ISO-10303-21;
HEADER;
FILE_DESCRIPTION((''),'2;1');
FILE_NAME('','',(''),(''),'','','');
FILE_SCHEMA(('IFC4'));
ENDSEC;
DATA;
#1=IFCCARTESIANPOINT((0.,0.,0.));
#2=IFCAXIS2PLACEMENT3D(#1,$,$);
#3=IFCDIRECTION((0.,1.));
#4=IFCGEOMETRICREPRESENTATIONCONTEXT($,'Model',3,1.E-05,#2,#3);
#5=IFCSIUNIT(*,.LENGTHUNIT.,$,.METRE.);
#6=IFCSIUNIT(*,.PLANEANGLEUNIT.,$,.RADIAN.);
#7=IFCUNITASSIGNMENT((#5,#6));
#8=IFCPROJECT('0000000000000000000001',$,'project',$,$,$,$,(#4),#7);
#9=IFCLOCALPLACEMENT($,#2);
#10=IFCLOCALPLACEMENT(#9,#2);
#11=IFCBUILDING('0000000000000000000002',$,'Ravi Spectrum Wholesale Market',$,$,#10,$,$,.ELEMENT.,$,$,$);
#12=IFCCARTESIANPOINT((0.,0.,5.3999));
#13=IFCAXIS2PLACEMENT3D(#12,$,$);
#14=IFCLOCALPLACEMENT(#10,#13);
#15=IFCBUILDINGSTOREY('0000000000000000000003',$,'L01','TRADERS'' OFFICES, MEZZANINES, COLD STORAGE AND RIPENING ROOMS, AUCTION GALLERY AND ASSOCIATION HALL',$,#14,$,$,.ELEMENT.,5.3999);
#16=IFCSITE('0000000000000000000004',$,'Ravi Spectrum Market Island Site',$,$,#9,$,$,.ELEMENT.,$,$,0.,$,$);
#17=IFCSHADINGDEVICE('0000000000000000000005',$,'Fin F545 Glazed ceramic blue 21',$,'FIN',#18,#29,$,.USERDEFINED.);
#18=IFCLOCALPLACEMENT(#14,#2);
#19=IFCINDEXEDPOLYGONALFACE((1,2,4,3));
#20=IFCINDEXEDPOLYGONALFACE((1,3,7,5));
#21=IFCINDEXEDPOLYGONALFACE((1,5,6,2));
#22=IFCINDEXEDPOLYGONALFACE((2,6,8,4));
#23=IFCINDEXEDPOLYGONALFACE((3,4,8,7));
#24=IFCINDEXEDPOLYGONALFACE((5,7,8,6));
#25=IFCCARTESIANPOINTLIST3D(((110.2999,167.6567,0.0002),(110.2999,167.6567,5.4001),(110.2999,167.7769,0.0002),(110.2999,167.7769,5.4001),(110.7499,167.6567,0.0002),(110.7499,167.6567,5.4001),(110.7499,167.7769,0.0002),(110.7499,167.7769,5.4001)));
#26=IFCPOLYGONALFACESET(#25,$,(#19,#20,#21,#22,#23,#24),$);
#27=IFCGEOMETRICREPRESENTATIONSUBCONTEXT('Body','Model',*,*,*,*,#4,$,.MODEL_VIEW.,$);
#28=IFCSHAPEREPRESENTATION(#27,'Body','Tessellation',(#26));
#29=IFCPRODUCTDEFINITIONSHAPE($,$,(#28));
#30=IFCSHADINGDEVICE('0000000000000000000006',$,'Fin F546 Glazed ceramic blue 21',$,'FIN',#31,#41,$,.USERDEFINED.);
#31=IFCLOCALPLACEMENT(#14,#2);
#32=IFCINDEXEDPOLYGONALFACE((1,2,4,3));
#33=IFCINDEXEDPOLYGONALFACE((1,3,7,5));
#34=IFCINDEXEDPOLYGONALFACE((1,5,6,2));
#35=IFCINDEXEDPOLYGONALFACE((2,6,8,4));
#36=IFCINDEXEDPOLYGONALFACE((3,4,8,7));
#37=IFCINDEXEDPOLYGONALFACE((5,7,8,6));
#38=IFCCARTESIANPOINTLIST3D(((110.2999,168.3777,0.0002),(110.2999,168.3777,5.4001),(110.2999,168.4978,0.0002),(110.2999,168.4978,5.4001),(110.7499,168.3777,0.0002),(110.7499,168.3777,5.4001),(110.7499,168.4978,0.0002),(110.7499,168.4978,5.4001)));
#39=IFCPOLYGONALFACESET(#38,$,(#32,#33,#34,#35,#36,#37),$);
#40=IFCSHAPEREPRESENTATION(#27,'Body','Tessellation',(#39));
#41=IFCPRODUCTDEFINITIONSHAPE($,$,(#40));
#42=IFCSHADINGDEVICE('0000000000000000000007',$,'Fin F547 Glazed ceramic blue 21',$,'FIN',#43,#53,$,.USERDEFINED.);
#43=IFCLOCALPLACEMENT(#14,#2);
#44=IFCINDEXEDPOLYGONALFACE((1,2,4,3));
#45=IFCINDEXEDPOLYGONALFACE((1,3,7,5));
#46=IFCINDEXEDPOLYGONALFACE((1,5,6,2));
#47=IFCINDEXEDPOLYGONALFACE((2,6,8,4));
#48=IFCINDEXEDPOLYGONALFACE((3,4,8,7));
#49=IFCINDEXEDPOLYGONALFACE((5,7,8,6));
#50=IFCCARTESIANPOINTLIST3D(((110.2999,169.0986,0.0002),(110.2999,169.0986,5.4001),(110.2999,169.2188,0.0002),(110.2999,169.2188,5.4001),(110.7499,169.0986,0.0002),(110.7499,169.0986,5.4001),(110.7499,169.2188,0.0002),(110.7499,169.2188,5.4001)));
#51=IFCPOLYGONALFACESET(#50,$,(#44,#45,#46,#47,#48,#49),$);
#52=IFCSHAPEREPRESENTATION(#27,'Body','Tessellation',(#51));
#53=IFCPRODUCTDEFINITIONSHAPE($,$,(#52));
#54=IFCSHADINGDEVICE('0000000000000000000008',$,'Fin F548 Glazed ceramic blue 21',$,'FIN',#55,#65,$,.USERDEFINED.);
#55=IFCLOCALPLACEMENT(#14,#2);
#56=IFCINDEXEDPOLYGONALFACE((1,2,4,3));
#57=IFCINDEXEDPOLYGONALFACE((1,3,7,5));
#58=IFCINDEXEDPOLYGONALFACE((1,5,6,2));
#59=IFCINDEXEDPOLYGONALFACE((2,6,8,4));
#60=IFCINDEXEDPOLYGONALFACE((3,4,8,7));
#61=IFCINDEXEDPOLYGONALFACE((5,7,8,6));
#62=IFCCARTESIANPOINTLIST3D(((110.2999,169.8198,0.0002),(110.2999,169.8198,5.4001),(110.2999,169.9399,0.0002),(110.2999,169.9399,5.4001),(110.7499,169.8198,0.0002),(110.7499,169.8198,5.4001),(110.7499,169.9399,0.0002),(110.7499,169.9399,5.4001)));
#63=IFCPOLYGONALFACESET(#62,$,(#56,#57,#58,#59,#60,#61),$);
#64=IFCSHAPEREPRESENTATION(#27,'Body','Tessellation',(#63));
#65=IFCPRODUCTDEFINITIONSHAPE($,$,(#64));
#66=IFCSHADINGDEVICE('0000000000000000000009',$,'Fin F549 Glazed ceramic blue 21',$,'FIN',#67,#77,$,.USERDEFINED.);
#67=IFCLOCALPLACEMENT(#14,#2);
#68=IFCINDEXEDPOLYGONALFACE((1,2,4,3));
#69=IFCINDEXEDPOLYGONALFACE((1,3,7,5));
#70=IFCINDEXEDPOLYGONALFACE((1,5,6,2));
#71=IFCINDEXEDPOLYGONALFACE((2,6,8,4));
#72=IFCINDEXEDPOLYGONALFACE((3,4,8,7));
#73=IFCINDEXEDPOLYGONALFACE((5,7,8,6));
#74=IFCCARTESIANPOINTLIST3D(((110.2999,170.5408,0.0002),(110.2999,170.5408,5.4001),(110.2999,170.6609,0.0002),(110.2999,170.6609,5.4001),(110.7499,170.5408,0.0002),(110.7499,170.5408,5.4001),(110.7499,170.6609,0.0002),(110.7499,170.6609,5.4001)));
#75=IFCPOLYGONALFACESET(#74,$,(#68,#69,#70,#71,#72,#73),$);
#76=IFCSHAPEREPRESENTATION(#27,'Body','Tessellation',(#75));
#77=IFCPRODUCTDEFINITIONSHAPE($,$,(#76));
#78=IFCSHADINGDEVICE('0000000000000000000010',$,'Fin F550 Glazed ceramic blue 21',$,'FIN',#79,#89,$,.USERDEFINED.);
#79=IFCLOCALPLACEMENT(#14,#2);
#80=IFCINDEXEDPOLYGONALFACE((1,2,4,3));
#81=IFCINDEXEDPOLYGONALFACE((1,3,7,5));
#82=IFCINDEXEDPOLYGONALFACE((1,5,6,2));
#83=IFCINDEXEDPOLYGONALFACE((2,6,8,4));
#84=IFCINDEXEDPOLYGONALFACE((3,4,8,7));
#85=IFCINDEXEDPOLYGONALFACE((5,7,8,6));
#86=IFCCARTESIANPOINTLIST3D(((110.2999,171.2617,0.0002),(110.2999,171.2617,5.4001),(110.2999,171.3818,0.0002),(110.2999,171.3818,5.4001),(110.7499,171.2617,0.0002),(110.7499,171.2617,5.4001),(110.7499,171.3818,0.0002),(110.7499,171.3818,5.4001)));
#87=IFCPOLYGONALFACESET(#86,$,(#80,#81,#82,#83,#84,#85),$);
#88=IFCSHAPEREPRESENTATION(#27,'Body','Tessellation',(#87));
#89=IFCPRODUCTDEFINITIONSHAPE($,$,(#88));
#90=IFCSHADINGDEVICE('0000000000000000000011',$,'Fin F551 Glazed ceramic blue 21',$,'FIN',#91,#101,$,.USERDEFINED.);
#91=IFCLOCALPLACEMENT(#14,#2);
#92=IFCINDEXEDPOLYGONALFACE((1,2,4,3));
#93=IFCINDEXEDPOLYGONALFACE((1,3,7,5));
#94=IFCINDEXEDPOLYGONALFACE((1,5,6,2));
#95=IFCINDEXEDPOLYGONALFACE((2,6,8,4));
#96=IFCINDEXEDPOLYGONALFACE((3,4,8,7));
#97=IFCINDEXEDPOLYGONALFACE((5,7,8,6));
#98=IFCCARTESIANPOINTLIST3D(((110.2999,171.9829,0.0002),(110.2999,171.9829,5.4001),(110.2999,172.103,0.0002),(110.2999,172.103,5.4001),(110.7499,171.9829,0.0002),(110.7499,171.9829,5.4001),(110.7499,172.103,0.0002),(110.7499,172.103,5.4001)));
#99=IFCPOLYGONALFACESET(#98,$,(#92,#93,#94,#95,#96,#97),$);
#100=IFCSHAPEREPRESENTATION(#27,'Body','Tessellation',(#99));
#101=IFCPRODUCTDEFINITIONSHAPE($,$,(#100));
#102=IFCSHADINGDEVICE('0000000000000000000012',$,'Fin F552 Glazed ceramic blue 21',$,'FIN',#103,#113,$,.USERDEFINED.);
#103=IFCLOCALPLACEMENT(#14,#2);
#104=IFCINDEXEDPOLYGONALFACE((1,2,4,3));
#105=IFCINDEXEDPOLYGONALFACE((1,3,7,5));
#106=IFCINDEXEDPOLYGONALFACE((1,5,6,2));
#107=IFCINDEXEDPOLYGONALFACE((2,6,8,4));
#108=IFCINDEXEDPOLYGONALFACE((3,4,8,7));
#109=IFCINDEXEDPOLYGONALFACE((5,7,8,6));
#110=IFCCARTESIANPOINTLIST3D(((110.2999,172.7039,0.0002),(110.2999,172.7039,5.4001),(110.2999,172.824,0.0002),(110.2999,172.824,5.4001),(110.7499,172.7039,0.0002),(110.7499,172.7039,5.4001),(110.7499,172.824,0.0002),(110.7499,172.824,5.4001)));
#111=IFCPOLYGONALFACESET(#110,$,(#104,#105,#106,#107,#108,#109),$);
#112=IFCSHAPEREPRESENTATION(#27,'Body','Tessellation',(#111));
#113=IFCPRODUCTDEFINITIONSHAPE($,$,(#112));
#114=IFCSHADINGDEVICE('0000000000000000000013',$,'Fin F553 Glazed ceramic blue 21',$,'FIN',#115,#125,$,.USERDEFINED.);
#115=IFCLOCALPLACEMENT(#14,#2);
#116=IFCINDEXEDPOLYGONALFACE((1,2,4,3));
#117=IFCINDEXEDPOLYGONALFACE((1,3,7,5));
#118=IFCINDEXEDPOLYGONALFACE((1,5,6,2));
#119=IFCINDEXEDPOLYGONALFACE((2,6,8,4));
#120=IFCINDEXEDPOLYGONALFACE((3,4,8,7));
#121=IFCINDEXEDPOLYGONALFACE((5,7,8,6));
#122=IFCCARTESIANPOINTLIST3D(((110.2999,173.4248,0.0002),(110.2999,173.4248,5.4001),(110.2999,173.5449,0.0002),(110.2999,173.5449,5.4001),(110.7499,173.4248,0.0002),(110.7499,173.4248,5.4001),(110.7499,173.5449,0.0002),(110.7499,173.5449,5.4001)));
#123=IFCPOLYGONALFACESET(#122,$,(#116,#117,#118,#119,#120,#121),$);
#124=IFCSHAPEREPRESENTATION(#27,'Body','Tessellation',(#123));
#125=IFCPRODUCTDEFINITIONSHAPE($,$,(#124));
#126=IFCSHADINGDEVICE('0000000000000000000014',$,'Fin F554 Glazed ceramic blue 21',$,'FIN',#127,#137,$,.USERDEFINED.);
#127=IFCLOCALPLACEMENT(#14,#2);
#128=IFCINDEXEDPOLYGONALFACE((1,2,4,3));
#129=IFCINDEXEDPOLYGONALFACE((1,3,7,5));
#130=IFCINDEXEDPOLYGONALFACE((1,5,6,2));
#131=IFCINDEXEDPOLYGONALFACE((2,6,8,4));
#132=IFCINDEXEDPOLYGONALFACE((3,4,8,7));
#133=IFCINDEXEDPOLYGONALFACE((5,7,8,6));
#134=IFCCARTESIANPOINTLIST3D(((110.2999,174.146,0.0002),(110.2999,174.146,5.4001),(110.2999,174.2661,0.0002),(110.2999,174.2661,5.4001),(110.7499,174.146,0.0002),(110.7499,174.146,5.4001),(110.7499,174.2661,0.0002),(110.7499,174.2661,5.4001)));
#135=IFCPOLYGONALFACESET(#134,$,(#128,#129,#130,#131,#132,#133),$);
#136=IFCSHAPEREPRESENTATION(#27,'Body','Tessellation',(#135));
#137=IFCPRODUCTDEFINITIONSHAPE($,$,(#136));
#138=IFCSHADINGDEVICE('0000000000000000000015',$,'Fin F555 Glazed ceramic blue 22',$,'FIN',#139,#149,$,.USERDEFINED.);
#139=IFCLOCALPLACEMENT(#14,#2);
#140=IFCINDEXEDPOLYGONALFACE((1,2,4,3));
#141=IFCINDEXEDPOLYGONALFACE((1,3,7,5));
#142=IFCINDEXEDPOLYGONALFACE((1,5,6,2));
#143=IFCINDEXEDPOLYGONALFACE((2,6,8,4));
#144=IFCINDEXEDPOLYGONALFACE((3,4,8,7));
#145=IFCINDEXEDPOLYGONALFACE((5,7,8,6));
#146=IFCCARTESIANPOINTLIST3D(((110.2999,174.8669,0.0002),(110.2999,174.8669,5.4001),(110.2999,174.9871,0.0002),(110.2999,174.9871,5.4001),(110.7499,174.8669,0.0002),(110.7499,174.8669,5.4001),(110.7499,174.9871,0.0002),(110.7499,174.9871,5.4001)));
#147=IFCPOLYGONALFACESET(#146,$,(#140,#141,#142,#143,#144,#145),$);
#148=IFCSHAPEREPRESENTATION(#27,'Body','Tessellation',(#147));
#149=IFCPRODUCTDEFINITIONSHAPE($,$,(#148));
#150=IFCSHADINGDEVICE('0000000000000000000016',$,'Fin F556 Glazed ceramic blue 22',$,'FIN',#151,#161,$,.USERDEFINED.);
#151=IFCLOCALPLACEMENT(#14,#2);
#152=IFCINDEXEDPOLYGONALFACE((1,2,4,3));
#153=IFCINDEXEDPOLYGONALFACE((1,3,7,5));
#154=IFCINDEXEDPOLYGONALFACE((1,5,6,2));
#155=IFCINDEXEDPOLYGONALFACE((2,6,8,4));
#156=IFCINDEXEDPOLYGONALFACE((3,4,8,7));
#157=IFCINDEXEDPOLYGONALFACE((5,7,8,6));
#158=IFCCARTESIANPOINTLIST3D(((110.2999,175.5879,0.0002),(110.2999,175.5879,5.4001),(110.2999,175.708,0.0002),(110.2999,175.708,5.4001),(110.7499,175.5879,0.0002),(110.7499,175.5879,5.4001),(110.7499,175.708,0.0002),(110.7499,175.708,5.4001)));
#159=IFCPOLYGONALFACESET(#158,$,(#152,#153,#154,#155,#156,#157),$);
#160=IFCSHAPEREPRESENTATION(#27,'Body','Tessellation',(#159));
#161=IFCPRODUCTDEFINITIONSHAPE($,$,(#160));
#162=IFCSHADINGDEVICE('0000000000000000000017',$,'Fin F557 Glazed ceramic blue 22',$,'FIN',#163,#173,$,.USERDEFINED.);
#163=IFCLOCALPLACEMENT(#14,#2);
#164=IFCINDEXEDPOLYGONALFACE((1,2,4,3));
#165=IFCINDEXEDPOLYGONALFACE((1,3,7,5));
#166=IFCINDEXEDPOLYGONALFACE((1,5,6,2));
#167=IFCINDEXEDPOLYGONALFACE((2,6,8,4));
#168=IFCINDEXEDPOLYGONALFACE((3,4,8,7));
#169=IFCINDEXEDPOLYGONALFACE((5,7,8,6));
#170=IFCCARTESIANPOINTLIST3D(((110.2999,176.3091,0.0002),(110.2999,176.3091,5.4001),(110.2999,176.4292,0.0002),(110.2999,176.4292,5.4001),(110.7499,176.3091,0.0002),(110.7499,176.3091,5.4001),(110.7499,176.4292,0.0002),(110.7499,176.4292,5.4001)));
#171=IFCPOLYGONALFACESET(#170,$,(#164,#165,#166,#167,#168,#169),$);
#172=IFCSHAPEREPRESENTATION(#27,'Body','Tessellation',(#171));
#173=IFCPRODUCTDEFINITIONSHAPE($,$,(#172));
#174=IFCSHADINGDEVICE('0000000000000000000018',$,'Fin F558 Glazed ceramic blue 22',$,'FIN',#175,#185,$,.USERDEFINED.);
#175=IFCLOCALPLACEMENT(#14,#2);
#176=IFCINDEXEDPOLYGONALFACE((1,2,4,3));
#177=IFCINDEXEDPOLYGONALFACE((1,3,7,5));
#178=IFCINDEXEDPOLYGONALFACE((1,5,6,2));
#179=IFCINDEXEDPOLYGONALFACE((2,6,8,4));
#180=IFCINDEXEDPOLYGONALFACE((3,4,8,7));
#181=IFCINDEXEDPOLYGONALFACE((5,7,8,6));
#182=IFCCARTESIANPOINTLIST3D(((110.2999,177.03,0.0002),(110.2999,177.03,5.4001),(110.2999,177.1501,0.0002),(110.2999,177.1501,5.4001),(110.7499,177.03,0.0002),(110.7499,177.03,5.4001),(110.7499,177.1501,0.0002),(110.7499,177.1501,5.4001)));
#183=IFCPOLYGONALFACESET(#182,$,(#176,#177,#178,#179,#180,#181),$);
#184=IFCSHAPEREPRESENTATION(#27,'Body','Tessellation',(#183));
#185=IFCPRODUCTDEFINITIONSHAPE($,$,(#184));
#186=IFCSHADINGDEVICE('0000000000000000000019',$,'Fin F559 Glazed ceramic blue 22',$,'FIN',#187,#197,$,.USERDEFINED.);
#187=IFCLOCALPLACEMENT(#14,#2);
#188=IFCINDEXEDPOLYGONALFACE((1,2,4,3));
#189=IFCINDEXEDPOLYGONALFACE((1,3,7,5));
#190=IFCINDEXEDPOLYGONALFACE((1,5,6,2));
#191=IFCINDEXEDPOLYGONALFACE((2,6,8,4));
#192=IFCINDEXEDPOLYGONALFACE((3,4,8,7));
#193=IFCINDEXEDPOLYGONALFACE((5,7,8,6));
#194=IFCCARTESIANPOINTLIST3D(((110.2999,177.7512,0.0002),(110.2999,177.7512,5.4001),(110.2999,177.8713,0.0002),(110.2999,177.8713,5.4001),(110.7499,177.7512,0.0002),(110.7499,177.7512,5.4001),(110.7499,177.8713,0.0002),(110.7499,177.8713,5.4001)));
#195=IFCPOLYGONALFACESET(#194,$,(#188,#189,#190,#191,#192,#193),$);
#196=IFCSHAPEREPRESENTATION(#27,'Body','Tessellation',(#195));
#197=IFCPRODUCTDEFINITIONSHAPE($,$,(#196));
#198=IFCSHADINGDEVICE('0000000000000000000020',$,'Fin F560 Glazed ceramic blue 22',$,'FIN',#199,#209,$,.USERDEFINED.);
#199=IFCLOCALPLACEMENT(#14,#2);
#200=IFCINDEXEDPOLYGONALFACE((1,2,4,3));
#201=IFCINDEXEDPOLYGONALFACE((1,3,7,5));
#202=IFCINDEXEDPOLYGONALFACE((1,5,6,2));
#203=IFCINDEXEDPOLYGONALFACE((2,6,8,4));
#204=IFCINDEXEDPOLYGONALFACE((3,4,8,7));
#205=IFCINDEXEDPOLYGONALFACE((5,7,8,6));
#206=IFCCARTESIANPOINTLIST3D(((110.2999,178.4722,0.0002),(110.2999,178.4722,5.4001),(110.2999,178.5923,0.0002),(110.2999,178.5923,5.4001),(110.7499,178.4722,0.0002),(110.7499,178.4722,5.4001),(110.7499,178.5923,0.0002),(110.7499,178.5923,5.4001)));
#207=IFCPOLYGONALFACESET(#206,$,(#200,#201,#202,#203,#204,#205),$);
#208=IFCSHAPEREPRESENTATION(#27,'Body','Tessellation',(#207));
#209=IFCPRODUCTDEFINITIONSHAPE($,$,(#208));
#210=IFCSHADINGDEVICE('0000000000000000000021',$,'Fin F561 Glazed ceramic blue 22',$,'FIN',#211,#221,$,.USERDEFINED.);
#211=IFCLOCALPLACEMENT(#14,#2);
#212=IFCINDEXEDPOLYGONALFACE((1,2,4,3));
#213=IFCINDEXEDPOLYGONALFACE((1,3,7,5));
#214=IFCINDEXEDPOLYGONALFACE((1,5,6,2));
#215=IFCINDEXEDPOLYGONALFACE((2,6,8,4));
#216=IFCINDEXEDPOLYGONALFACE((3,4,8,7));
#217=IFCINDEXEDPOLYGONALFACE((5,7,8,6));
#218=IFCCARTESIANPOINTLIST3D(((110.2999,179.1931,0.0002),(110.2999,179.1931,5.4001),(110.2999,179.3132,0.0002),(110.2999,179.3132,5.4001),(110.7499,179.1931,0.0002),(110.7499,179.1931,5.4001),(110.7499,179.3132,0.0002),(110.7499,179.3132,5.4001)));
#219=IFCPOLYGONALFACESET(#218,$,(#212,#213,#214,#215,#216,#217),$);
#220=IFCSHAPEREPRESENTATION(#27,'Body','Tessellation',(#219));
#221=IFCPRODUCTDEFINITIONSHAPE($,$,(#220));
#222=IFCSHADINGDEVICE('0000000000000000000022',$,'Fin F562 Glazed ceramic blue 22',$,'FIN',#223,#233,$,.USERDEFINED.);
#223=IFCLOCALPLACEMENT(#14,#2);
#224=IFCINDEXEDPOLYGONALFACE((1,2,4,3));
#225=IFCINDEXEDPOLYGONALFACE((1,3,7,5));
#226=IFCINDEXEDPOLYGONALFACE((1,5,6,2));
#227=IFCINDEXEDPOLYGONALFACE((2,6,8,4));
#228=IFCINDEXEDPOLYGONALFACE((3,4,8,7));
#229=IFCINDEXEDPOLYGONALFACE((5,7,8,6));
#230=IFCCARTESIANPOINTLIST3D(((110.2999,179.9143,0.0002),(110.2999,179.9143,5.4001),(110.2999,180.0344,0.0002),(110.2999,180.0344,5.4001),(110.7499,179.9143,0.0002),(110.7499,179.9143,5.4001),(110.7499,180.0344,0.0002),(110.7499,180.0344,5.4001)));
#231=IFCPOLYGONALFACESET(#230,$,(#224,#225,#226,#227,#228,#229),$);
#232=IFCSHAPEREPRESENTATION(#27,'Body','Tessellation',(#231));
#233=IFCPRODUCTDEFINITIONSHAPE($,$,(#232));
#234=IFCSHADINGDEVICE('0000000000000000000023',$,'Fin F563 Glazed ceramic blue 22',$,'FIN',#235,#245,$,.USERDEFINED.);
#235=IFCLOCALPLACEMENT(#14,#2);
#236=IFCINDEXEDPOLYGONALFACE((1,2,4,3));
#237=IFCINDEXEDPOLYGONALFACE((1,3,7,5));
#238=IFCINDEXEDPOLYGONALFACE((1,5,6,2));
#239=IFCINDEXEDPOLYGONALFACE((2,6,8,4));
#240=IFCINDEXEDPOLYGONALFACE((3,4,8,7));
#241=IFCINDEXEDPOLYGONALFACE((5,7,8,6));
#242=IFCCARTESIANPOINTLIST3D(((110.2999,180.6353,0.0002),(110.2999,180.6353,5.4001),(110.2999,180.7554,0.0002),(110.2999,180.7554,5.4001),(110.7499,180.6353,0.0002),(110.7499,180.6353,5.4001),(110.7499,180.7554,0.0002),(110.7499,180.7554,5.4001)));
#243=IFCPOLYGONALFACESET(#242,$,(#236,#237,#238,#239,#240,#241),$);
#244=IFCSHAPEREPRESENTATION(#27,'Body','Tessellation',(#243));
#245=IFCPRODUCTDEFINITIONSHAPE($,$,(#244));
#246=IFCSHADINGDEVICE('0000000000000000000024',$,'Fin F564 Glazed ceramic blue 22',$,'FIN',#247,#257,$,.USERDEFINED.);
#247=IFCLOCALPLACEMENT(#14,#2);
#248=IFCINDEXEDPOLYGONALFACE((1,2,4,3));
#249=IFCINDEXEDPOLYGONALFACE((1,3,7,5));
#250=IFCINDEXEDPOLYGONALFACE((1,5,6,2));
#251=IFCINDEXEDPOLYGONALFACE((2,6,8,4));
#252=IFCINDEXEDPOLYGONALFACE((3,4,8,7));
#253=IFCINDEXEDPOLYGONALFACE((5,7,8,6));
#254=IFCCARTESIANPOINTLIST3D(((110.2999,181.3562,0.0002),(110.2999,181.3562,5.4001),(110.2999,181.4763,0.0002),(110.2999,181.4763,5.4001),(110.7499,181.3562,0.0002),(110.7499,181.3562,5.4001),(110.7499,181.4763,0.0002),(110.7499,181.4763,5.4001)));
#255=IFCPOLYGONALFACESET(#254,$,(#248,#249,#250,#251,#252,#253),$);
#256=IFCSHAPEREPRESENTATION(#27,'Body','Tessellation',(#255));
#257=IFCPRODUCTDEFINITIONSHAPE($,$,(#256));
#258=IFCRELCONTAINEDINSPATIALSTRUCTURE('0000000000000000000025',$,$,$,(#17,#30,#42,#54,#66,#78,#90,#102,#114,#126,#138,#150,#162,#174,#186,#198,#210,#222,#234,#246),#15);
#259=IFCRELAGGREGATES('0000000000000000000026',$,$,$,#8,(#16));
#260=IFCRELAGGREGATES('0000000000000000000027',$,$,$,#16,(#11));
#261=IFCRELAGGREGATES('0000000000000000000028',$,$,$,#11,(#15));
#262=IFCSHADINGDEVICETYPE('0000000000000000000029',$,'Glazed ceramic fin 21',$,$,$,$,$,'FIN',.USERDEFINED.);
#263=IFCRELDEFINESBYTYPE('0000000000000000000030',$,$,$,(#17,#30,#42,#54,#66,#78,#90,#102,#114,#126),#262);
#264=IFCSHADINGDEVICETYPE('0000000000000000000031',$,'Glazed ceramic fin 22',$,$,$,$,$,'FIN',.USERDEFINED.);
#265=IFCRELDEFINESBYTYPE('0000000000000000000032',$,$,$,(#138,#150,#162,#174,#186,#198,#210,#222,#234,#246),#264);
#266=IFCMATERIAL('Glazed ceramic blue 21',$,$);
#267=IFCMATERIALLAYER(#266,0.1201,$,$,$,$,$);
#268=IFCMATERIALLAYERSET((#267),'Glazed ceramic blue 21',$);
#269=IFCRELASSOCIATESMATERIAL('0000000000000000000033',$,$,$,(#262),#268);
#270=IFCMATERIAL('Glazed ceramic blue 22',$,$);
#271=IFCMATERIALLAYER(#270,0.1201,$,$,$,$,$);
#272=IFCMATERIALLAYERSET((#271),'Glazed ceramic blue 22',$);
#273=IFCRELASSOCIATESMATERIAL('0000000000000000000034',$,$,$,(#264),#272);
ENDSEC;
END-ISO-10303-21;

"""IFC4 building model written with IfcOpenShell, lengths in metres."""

from ifc_helpers import new_model, si_unit, direction, frame, origin, origin_2d, place, context, subcontext, project, spatial, rectangle, extrude, material, layer, layer_set, type_object, element, save


model = new_model("IFC4")

# Units and contexts
model_context = context("Model", 3, precision=1e-05, world=origin(), true_north=direction((0.0, 1.0)))
body_context = subcontext(model_context, "Body", "Model", "MODEL_VIEW")
ifc_project = project(units=[si_unit("LENGTHUNIT", "METRE"), si_unit("PLANEANGLEUNIT", "RADIAN")], contexts=[model_context])

# Site, building, storey
site_placement = place(None, origin())
site = spatial("IfcSite", under=ifc_project, at=site_placement, Name="Ravi Spectrum Market Island Site", CompositionType="ELEMENT", RefElevation=0.0)
building_placement = place(site_placement, origin())
building = spatial("IfcBuilding", under=site, at=building_placement, Name="Ravi Spectrum Wholesale Market", CompositionType="ELEMENT")
storey_placement = place(building_placement, frame((0.0, 0.0, 5.3999)))
storey = spatial("IfcBuildingStorey", under=building, at=storey_placement, Name="L01", Description="TRADERS' OFFICES, MEZZANINES, COLD STORAGE AND RIPENING ROOMS, AUCTION GALLERY AND ASSOCIATION HALL", CompositionType="ELEMENT", Elevation=5.3999)

# Shading devices
ifc_material_1 = material(Name="Glazed ceramic blue 21")
ifc_layer_1 = layer(ifc_material_1, 0.1201)
ifc_layer_set_1 = layer_set([ifc_layer_1], Name="Glazed ceramic blue 21")
shading_device_type_1 = type_object("IfcShadingDeviceType", Name="Glazed ceramic fin 21", ElementType="FIN", PredefinedType="USERDEFINED", material=ifc_layer_set_1)
for number, where, z_axis, x_axis, name in (
    (1, (110.5249, 167.7168, 0.0002), (0.0, 0.0, 1.0), (0.0, 1.0, 0.0), "Fin F545 Glazed ceramic blue 21"),
    (2, (110.5249, 168.4377, 0.0002), (0.0, 0.0, 1.0), (0.0, 1.0, 0.0), "Fin F546 Glazed ceramic blue 21"),
    (3, (110.5249, 169.1587, 0.0002), (0.0, 0.0, 1.0), (0.0, 1.0, 0.0), "Fin F547 Glazed ceramic blue 21"),
    (4, (110.5249, 169.8799, 0.0002), (0.0, 0.0, 1.0), (0.0, 1.0, 0.0), "Fin F548 Glazed ceramic blue 21"),
    (5, (110.5249, 170.6008, 0.0002), (0.0, 0.0, 1.0), (0.0, 1.0, 0.0), "Fin F549 Glazed ceramic blue 21"),
    (6, (110.5249, 171.3218, 0.0002), (0.0, 0.0, 1.0), (0.0, 1.0, 0.0), "Fin F550 Glazed ceramic blue 21"),
    (7, (110.5249, 172.043, 0.0002), (0.0, 0.0, 1.0), (0.0, 1.0, 0.0), "Fin F551 Glazed ceramic blue 21"),
    (8, (110.5249, 172.7639, 0.0002), (0.0, 0.0, 1.0), (0.0, 1.0, 0.0), "Fin F552 Glazed ceramic blue 21"),
    (9, (110.5249, 173.4849, 0.0002), (0.0, 0.0, 1.0), (0.0, 1.0, 0.0), "Fin F553 Glazed ceramic blue 21"),
    (10, (110.5249, 174.2061, 0.0002), (0.0, 0.0, 1.0), (0.0, 1.0, 0.0), "Fin F554 Glazed ceramic blue 21"),
):
    element("IfcShadingDevice", number, at=place(storey_placement, frame(where, z_axis=z_axis, x_axis=x_axis)), inside=storey, type_object=shading_device_type_1, Name=name, ObjectType="FIN", PredefinedType="USERDEFINED", context=body_context, shape_type="SweptSolid", body=[
        extrude(rectangle(XDim=0.1201, YDim=0.45, at=origin_2d()), origin(), (0.0, 0.0, 1.0), 5.3999),
    ])
ifc_material_2 = material(Name="Glazed ceramic blue 22")
ifc_layer_2 = layer(ifc_material_2, 0.1201)
ifc_layer_set_2 = layer_set([ifc_layer_2], Name="Glazed ceramic blue 22")
shading_device_type_2 = type_object("IfcShadingDeviceType", Name="Glazed ceramic fin 22", ElementType="FIN", PredefinedType="USERDEFINED", material=ifc_layer_set_2)
for number, where, z_axis, x_axis, name in (
    (11, (110.5249, 174.927, 0.0002), (0.0, 0.0, 1.0), (0.0, 1.0, 0.0), "Fin F555 Glazed ceramic blue 22"),
    (12, (110.5249, 175.6479, 0.0002), (0.0, 0.0, 1.0), (0.0, 1.0, 0.0), "Fin F556 Glazed ceramic blue 22"),
    (13, (110.5249, 176.3691, 0.0002), (0.0, 0.0, 1.0), (0.0, 1.0, 0.0), "Fin F557 Glazed ceramic blue 22"),
    (14, (110.5249, 177.0901, 0.0002), (0.0, 0.0, 1.0), (0.0, 1.0, 0.0), "Fin F558 Glazed ceramic blue 22"),
    (15, (110.5249, 177.8113, 0.0002), (0.0, 0.0, 1.0), (0.0, 1.0, 0.0), "Fin F559 Glazed ceramic blue 22"),
    (16, (110.5249, 178.5322, 0.0002), (0.0, 0.0, 1.0), (0.0, 1.0, 0.0), "Fin F560 Glazed ceramic blue 22"),
    (17, (110.5249, 179.2532, 0.0002), (0.0, 0.0, 1.0), (0.0, 1.0, 0.0), "Fin F561 Glazed ceramic blue 22"),
    (18, (110.5249, 179.9744, 0.0002), (0.0, 0.0, 1.0), (0.0, 1.0, 0.0), "Fin F562 Glazed ceramic blue 22"),
    (19, (110.5249, 180.6953, 0.0002), (0.0, 0.0, 1.0), (0.0, 1.0, 0.0), "Fin F563 Glazed ceramic blue 22"),
    (20, (110.5249, 181.4163, 0.0002), (0.0, 0.0, 1.0), (0.0, 1.0, 0.0), "Fin F564 Glazed ceramic blue 22"),
):
    element("IfcShadingDevice", number, at=place(storey_placement, frame(where, z_axis=z_axis, x_axis=x_axis)), inside=storey, type_object=shading_device_type_2, Name=name, ObjectType="FIN", PredefinedType="USERDEFINED", context=body_context, shape_type="SweptSolid", body=[
        extrude(rectangle(XDim=0.1201, YDim=0.45, at=origin_2d()), origin(), (0.0, 0.0, 1.0), 5.3999),
    ])

save(model, "model.ifc")
